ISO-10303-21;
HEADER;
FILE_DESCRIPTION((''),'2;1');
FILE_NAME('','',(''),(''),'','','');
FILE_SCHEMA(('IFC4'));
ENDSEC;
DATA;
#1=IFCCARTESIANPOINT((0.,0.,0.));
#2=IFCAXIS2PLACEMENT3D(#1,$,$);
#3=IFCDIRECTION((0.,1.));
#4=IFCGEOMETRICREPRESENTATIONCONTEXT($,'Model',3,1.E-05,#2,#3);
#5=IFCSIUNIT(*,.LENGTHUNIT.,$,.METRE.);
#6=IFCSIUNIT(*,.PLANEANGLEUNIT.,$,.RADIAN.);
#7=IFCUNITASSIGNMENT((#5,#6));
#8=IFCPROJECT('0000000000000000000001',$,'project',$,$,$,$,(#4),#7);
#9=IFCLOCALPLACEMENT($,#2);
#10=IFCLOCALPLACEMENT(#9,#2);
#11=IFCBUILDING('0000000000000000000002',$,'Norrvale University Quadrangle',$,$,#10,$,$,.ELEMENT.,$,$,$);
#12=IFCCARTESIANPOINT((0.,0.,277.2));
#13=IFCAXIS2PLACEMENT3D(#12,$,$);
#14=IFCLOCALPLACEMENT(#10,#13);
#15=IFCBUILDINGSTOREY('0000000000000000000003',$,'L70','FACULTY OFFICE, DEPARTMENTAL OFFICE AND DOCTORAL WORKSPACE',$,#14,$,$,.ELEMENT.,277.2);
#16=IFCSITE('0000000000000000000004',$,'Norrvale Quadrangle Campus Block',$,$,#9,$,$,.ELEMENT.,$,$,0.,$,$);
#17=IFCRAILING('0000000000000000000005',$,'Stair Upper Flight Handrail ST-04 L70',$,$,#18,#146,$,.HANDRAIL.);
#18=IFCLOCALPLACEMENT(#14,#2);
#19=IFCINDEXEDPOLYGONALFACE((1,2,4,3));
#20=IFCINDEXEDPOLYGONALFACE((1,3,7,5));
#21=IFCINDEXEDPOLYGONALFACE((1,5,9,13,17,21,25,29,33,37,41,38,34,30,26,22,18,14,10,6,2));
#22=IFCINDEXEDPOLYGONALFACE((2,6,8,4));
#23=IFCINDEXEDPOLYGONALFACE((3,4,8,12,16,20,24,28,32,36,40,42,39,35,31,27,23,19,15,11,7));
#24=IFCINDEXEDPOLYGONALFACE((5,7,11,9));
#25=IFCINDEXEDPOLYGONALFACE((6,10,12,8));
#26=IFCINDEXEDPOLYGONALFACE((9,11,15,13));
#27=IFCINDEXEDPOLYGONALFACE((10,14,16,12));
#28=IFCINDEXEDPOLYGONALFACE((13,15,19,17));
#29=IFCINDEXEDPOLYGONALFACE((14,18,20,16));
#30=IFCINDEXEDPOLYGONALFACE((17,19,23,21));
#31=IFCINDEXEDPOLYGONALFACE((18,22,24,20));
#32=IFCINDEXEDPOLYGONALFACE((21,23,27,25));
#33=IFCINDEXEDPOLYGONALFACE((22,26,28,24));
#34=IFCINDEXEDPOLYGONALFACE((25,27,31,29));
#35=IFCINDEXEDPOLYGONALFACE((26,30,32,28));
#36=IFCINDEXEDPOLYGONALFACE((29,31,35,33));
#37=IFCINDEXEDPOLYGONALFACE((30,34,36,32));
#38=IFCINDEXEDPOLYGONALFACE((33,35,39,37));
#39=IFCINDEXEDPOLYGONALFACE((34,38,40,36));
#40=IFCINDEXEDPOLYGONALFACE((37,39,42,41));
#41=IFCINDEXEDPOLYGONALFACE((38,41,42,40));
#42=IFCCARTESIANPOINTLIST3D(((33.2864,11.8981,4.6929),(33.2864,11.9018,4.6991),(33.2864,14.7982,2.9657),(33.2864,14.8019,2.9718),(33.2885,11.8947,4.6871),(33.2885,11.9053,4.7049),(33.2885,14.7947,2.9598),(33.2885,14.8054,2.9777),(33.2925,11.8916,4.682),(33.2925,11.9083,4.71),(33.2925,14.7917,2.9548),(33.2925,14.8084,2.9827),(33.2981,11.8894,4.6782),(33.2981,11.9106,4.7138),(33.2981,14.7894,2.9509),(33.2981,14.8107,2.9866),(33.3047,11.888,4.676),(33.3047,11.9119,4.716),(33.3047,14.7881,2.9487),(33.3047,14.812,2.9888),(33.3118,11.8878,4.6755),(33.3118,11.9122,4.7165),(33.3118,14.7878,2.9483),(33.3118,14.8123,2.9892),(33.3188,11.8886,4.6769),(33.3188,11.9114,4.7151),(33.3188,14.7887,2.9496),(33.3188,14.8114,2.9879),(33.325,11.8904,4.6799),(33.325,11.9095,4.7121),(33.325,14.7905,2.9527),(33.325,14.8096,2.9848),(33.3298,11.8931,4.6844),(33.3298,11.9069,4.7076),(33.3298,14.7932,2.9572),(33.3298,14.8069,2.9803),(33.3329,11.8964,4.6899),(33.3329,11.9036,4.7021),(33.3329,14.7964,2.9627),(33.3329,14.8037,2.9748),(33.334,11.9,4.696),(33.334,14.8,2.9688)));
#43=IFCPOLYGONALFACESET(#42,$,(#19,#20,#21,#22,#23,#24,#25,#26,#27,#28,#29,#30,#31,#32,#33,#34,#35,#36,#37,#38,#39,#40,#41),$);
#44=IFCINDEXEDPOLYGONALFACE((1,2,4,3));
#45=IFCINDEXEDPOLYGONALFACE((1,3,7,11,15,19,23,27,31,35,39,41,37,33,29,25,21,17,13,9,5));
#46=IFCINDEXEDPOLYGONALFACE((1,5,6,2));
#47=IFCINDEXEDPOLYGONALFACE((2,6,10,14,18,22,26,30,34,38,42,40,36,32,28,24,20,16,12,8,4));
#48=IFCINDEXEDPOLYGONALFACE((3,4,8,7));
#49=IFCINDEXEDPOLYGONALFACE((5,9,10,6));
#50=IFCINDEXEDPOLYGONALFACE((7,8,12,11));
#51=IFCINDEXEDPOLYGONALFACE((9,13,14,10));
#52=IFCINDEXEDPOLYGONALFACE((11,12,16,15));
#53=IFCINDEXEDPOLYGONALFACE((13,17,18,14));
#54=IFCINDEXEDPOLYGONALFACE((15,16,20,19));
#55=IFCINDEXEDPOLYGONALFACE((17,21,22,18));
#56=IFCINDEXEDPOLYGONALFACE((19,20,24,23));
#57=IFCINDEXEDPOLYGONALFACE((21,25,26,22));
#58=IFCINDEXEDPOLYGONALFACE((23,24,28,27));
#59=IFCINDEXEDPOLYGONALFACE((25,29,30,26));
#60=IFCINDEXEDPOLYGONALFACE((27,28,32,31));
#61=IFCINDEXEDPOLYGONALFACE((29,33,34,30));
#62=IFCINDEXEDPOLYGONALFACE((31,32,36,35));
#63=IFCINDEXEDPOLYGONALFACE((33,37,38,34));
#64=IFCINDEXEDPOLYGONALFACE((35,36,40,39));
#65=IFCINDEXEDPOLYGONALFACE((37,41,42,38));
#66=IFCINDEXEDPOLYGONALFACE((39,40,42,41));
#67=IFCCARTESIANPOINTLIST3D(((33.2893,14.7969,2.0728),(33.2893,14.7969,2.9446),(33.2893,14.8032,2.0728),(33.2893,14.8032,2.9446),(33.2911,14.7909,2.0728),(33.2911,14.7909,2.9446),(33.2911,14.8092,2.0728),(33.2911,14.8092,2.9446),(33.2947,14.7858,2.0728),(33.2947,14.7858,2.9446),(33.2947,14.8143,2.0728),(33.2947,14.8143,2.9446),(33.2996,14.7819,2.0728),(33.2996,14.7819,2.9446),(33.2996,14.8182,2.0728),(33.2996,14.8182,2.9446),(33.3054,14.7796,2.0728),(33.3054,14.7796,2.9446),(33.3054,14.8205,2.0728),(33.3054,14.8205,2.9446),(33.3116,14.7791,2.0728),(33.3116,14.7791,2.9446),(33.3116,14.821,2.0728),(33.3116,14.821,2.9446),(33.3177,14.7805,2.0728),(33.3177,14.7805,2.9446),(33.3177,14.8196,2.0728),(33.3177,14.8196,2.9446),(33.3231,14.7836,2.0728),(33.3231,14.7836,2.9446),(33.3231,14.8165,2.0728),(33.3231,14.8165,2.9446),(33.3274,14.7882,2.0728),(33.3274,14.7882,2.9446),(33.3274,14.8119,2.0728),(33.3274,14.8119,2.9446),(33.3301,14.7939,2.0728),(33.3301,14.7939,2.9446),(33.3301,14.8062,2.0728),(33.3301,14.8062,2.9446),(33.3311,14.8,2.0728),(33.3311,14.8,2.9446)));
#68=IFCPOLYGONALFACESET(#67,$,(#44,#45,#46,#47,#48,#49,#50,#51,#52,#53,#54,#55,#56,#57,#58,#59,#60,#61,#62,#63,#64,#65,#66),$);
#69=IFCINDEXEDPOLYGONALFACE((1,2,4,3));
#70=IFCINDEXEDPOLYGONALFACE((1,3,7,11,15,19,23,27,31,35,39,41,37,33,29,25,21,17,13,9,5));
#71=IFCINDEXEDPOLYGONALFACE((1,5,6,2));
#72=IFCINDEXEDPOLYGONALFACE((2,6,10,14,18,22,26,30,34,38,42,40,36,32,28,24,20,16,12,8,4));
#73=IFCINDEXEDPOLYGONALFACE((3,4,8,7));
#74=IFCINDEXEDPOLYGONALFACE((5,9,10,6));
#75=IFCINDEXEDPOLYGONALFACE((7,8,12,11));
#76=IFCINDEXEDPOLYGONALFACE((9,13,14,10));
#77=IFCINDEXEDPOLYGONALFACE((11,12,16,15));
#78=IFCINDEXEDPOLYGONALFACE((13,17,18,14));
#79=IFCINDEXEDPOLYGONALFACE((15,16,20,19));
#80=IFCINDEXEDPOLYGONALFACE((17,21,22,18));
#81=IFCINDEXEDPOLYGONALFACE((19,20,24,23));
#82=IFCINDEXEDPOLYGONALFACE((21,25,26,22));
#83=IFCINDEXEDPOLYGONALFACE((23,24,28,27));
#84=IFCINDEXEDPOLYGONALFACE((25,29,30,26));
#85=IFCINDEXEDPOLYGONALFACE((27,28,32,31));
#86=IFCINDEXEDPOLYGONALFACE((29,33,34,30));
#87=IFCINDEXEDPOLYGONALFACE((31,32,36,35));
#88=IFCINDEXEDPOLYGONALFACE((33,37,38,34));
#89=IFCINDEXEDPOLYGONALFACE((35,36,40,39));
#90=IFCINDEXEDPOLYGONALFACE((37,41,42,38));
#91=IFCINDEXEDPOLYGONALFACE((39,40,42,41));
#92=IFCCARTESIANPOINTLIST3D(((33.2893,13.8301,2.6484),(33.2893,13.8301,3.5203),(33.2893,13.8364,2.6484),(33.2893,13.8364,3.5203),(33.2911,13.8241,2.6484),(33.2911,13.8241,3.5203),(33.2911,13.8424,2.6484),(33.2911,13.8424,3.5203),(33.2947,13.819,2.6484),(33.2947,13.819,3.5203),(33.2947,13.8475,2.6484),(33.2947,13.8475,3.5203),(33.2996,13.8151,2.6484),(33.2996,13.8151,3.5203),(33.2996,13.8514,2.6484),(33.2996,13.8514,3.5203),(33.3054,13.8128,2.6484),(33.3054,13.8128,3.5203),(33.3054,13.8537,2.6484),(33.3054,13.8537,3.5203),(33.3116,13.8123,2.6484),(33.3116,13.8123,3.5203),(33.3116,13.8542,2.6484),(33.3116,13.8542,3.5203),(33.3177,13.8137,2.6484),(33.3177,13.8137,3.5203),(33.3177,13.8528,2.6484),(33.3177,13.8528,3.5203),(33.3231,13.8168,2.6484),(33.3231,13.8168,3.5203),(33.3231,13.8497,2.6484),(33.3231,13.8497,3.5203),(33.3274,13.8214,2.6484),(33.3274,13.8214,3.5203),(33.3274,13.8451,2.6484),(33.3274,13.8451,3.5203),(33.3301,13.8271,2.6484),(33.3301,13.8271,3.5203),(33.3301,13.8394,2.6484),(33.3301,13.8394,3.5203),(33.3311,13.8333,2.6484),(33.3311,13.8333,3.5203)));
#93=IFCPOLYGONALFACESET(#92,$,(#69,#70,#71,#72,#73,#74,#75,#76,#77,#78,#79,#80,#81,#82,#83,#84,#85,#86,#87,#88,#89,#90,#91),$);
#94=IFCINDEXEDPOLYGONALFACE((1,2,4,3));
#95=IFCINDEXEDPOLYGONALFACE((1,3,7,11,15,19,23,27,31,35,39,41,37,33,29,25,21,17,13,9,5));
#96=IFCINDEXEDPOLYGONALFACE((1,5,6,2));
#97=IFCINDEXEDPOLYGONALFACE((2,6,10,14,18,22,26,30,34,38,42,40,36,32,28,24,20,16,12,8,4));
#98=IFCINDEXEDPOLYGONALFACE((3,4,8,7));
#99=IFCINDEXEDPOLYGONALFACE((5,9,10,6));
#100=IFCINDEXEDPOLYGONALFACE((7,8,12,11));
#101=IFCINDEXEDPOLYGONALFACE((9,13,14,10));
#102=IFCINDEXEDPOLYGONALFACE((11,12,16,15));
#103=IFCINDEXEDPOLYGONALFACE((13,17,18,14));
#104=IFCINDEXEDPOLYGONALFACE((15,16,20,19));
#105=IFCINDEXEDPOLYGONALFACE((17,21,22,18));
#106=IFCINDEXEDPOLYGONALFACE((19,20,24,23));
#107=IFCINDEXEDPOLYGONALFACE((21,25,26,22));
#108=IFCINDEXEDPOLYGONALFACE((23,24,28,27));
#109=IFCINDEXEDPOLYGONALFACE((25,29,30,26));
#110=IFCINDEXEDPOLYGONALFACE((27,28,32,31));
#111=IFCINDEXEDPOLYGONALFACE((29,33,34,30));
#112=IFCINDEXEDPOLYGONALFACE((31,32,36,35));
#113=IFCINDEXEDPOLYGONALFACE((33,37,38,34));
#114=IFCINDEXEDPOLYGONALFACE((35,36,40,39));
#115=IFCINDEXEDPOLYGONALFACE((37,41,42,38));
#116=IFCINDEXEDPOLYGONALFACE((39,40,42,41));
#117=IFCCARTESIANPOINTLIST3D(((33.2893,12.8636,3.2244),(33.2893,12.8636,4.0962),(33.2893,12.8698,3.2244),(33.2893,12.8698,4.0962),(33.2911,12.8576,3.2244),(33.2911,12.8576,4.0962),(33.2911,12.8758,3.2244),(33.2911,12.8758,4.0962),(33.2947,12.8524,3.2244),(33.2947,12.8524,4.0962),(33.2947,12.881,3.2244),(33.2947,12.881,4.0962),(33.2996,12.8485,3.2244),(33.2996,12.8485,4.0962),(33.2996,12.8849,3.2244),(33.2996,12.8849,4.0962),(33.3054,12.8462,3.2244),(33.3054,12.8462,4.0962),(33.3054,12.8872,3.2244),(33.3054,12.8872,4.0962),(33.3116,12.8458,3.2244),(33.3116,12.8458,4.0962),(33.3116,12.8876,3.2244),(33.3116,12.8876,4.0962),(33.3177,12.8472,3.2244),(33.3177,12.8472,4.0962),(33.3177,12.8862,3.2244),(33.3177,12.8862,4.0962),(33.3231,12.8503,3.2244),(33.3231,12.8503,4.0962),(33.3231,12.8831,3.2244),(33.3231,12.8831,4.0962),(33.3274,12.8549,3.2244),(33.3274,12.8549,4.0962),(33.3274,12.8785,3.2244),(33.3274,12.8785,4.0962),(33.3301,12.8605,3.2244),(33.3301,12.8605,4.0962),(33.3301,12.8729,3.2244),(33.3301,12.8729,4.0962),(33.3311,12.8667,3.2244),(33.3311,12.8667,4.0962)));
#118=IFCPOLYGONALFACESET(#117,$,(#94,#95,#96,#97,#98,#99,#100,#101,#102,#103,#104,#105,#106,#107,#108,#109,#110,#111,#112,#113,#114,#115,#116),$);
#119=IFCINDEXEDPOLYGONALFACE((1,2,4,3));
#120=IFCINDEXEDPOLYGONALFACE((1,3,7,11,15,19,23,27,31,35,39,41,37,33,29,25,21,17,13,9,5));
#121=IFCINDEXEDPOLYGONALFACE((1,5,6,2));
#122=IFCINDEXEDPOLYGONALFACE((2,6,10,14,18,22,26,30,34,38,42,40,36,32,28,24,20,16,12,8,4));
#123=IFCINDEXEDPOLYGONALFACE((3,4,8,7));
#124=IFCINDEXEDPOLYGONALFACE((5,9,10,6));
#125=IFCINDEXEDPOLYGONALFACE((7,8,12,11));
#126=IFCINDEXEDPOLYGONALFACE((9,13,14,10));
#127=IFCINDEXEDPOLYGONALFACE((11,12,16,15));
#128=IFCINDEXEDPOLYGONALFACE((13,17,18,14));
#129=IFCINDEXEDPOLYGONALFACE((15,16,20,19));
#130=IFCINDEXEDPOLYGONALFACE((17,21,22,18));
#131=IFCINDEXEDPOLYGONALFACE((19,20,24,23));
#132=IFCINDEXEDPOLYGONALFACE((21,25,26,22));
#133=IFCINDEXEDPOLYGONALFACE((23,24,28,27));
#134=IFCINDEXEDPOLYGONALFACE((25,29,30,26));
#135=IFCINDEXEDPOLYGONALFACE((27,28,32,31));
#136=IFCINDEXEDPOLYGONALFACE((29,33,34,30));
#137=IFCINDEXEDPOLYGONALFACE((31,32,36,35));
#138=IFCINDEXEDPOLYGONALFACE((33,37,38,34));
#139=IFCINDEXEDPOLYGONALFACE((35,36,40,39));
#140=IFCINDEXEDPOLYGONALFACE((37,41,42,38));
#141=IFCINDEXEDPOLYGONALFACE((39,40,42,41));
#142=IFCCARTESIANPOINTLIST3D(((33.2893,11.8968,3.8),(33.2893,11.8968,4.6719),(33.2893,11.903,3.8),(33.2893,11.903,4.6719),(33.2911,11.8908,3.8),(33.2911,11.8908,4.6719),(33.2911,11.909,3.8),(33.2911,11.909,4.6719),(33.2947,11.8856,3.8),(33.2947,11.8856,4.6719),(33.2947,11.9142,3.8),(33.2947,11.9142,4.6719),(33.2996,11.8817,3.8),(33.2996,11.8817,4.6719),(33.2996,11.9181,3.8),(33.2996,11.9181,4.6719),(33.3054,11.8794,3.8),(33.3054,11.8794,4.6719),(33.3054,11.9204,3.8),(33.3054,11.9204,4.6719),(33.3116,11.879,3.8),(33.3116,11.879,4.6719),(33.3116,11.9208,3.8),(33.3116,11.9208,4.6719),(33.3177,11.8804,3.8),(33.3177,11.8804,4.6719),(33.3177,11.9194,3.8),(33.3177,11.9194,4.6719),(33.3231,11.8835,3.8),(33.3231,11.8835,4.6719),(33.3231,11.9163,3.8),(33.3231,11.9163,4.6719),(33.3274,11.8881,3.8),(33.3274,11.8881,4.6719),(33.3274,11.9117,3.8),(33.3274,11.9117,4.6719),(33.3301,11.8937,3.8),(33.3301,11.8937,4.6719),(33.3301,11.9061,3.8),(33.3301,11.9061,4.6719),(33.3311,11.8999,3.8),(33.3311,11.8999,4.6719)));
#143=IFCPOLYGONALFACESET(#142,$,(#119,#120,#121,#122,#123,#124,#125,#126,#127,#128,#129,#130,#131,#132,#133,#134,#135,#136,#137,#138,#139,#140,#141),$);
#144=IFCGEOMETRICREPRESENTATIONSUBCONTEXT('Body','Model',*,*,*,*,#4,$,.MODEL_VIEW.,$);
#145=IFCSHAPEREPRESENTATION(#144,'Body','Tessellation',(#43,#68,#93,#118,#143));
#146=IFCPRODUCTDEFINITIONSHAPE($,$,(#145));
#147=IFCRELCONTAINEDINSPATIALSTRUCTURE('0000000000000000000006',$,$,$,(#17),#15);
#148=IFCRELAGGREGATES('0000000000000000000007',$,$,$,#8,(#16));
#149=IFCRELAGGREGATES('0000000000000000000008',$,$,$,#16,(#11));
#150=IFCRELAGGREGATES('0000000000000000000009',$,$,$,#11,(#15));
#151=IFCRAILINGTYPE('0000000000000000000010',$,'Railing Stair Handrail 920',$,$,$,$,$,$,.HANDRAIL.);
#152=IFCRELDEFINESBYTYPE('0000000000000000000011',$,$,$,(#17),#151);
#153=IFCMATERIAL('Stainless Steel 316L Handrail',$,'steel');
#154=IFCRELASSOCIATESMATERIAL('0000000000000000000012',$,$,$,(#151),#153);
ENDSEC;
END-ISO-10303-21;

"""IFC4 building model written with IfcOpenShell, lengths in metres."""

from ifc_helpers import new_model, si_unit, direction, frame, origin, origin_2d, place, context, subcontext, project, spatial, circle, extrude, material, type_object, element, save


model = new_model("IFC4")

# Units and contexts
model_context = context("Model", 3, precision=1e-05, world=origin(), true_north=direction((0.0, 1.0)))
body_context = subcontext(model_context, "Body", "Model", "MODEL_VIEW")
ifc_project = project(units=[si_unit("LENGTHUNIT", "METRE"), si_unit("PLANEANGLEUNIT", "RADIAN")], contexts=[model_context])

# Site, building, storey
site_placement = place(None, origin())
site = spatial("IfcSite", under=ifc_project, at=site_placement, Name="Norrvale Quadrangle Campus Block", CompositionType="ELEMENT", RefElevation=0.0)
building_placement = place(site_placement, origin())
building = spatial("IfcBuilding", under=site, at=building_placement, Name="Norrvale University Quadrangle", CompositionType="ELEMENT")
storey_placement = place(building_placement, frame((0.0, 0.0, 277.2)))
storey = spatial("IfcBuildingStorey", under=building, at=storey_placement, Name="L70", Description="FACULTY OFFICE, DEPARTMENTAL OFFICE AND DOCTORAL WORKSPACE", CompositionType="ELEMENT", Elevation=277.2)

# Railing
ifc_material_1 = material(Name="Stainless Steel 316L Handrail", Category="steel")
railing_type_1 = type_object("IfcRailingType", Name="Railing Stair Handrail 920", PredefinedType="HANDRAIL", material=ifc_material_1)
railing_1_placement = place(storey_placement, frame((33.3101, 14.8, 2.0728)))
element("IfcRailing", 1, at=railing_1_placement, inside=storey, type_object=railing_type_1, Name="Stair Upper Flight Handrail ST-04 L70", PredefinedType="HANDRAIL", context=body_context, shape_type="SweptSolid", body=[
    extrude(circle(Radius=0.0239, at=origin_2d()), frame((0.0, 0.0, 0.896), z_axis=(0.0, -0.85916, 0.511706), x_axis=(1.0, 0.0, 0.0)), (0.0, 0.0, 1.0), 3.3755),
    extrude(circle(Radius=0.021, at=origin_2d()), origin(), (0.0, 0.0, 1.0), 0.8718),
    extrude(circle(Radius=0.021, at=origin_2d()), frame((0.0, -0.9668, 0.5757)), (0.0, 0.0, 1.0), 0.8718),
    extrude(circle(Radius=0.021, at=origin_2d()), frame((0.0, -1.9333, 1.1516)), (0.0, 0.0, 1.0), 0.8718),
    extrude(circle(Radius=0.021, at=origin_2d()), frame((0.0, -2.9001, 1.7273)), (0.0, 0.0, 1.0), 0.8718),
])

save(model, "model.ifc")
